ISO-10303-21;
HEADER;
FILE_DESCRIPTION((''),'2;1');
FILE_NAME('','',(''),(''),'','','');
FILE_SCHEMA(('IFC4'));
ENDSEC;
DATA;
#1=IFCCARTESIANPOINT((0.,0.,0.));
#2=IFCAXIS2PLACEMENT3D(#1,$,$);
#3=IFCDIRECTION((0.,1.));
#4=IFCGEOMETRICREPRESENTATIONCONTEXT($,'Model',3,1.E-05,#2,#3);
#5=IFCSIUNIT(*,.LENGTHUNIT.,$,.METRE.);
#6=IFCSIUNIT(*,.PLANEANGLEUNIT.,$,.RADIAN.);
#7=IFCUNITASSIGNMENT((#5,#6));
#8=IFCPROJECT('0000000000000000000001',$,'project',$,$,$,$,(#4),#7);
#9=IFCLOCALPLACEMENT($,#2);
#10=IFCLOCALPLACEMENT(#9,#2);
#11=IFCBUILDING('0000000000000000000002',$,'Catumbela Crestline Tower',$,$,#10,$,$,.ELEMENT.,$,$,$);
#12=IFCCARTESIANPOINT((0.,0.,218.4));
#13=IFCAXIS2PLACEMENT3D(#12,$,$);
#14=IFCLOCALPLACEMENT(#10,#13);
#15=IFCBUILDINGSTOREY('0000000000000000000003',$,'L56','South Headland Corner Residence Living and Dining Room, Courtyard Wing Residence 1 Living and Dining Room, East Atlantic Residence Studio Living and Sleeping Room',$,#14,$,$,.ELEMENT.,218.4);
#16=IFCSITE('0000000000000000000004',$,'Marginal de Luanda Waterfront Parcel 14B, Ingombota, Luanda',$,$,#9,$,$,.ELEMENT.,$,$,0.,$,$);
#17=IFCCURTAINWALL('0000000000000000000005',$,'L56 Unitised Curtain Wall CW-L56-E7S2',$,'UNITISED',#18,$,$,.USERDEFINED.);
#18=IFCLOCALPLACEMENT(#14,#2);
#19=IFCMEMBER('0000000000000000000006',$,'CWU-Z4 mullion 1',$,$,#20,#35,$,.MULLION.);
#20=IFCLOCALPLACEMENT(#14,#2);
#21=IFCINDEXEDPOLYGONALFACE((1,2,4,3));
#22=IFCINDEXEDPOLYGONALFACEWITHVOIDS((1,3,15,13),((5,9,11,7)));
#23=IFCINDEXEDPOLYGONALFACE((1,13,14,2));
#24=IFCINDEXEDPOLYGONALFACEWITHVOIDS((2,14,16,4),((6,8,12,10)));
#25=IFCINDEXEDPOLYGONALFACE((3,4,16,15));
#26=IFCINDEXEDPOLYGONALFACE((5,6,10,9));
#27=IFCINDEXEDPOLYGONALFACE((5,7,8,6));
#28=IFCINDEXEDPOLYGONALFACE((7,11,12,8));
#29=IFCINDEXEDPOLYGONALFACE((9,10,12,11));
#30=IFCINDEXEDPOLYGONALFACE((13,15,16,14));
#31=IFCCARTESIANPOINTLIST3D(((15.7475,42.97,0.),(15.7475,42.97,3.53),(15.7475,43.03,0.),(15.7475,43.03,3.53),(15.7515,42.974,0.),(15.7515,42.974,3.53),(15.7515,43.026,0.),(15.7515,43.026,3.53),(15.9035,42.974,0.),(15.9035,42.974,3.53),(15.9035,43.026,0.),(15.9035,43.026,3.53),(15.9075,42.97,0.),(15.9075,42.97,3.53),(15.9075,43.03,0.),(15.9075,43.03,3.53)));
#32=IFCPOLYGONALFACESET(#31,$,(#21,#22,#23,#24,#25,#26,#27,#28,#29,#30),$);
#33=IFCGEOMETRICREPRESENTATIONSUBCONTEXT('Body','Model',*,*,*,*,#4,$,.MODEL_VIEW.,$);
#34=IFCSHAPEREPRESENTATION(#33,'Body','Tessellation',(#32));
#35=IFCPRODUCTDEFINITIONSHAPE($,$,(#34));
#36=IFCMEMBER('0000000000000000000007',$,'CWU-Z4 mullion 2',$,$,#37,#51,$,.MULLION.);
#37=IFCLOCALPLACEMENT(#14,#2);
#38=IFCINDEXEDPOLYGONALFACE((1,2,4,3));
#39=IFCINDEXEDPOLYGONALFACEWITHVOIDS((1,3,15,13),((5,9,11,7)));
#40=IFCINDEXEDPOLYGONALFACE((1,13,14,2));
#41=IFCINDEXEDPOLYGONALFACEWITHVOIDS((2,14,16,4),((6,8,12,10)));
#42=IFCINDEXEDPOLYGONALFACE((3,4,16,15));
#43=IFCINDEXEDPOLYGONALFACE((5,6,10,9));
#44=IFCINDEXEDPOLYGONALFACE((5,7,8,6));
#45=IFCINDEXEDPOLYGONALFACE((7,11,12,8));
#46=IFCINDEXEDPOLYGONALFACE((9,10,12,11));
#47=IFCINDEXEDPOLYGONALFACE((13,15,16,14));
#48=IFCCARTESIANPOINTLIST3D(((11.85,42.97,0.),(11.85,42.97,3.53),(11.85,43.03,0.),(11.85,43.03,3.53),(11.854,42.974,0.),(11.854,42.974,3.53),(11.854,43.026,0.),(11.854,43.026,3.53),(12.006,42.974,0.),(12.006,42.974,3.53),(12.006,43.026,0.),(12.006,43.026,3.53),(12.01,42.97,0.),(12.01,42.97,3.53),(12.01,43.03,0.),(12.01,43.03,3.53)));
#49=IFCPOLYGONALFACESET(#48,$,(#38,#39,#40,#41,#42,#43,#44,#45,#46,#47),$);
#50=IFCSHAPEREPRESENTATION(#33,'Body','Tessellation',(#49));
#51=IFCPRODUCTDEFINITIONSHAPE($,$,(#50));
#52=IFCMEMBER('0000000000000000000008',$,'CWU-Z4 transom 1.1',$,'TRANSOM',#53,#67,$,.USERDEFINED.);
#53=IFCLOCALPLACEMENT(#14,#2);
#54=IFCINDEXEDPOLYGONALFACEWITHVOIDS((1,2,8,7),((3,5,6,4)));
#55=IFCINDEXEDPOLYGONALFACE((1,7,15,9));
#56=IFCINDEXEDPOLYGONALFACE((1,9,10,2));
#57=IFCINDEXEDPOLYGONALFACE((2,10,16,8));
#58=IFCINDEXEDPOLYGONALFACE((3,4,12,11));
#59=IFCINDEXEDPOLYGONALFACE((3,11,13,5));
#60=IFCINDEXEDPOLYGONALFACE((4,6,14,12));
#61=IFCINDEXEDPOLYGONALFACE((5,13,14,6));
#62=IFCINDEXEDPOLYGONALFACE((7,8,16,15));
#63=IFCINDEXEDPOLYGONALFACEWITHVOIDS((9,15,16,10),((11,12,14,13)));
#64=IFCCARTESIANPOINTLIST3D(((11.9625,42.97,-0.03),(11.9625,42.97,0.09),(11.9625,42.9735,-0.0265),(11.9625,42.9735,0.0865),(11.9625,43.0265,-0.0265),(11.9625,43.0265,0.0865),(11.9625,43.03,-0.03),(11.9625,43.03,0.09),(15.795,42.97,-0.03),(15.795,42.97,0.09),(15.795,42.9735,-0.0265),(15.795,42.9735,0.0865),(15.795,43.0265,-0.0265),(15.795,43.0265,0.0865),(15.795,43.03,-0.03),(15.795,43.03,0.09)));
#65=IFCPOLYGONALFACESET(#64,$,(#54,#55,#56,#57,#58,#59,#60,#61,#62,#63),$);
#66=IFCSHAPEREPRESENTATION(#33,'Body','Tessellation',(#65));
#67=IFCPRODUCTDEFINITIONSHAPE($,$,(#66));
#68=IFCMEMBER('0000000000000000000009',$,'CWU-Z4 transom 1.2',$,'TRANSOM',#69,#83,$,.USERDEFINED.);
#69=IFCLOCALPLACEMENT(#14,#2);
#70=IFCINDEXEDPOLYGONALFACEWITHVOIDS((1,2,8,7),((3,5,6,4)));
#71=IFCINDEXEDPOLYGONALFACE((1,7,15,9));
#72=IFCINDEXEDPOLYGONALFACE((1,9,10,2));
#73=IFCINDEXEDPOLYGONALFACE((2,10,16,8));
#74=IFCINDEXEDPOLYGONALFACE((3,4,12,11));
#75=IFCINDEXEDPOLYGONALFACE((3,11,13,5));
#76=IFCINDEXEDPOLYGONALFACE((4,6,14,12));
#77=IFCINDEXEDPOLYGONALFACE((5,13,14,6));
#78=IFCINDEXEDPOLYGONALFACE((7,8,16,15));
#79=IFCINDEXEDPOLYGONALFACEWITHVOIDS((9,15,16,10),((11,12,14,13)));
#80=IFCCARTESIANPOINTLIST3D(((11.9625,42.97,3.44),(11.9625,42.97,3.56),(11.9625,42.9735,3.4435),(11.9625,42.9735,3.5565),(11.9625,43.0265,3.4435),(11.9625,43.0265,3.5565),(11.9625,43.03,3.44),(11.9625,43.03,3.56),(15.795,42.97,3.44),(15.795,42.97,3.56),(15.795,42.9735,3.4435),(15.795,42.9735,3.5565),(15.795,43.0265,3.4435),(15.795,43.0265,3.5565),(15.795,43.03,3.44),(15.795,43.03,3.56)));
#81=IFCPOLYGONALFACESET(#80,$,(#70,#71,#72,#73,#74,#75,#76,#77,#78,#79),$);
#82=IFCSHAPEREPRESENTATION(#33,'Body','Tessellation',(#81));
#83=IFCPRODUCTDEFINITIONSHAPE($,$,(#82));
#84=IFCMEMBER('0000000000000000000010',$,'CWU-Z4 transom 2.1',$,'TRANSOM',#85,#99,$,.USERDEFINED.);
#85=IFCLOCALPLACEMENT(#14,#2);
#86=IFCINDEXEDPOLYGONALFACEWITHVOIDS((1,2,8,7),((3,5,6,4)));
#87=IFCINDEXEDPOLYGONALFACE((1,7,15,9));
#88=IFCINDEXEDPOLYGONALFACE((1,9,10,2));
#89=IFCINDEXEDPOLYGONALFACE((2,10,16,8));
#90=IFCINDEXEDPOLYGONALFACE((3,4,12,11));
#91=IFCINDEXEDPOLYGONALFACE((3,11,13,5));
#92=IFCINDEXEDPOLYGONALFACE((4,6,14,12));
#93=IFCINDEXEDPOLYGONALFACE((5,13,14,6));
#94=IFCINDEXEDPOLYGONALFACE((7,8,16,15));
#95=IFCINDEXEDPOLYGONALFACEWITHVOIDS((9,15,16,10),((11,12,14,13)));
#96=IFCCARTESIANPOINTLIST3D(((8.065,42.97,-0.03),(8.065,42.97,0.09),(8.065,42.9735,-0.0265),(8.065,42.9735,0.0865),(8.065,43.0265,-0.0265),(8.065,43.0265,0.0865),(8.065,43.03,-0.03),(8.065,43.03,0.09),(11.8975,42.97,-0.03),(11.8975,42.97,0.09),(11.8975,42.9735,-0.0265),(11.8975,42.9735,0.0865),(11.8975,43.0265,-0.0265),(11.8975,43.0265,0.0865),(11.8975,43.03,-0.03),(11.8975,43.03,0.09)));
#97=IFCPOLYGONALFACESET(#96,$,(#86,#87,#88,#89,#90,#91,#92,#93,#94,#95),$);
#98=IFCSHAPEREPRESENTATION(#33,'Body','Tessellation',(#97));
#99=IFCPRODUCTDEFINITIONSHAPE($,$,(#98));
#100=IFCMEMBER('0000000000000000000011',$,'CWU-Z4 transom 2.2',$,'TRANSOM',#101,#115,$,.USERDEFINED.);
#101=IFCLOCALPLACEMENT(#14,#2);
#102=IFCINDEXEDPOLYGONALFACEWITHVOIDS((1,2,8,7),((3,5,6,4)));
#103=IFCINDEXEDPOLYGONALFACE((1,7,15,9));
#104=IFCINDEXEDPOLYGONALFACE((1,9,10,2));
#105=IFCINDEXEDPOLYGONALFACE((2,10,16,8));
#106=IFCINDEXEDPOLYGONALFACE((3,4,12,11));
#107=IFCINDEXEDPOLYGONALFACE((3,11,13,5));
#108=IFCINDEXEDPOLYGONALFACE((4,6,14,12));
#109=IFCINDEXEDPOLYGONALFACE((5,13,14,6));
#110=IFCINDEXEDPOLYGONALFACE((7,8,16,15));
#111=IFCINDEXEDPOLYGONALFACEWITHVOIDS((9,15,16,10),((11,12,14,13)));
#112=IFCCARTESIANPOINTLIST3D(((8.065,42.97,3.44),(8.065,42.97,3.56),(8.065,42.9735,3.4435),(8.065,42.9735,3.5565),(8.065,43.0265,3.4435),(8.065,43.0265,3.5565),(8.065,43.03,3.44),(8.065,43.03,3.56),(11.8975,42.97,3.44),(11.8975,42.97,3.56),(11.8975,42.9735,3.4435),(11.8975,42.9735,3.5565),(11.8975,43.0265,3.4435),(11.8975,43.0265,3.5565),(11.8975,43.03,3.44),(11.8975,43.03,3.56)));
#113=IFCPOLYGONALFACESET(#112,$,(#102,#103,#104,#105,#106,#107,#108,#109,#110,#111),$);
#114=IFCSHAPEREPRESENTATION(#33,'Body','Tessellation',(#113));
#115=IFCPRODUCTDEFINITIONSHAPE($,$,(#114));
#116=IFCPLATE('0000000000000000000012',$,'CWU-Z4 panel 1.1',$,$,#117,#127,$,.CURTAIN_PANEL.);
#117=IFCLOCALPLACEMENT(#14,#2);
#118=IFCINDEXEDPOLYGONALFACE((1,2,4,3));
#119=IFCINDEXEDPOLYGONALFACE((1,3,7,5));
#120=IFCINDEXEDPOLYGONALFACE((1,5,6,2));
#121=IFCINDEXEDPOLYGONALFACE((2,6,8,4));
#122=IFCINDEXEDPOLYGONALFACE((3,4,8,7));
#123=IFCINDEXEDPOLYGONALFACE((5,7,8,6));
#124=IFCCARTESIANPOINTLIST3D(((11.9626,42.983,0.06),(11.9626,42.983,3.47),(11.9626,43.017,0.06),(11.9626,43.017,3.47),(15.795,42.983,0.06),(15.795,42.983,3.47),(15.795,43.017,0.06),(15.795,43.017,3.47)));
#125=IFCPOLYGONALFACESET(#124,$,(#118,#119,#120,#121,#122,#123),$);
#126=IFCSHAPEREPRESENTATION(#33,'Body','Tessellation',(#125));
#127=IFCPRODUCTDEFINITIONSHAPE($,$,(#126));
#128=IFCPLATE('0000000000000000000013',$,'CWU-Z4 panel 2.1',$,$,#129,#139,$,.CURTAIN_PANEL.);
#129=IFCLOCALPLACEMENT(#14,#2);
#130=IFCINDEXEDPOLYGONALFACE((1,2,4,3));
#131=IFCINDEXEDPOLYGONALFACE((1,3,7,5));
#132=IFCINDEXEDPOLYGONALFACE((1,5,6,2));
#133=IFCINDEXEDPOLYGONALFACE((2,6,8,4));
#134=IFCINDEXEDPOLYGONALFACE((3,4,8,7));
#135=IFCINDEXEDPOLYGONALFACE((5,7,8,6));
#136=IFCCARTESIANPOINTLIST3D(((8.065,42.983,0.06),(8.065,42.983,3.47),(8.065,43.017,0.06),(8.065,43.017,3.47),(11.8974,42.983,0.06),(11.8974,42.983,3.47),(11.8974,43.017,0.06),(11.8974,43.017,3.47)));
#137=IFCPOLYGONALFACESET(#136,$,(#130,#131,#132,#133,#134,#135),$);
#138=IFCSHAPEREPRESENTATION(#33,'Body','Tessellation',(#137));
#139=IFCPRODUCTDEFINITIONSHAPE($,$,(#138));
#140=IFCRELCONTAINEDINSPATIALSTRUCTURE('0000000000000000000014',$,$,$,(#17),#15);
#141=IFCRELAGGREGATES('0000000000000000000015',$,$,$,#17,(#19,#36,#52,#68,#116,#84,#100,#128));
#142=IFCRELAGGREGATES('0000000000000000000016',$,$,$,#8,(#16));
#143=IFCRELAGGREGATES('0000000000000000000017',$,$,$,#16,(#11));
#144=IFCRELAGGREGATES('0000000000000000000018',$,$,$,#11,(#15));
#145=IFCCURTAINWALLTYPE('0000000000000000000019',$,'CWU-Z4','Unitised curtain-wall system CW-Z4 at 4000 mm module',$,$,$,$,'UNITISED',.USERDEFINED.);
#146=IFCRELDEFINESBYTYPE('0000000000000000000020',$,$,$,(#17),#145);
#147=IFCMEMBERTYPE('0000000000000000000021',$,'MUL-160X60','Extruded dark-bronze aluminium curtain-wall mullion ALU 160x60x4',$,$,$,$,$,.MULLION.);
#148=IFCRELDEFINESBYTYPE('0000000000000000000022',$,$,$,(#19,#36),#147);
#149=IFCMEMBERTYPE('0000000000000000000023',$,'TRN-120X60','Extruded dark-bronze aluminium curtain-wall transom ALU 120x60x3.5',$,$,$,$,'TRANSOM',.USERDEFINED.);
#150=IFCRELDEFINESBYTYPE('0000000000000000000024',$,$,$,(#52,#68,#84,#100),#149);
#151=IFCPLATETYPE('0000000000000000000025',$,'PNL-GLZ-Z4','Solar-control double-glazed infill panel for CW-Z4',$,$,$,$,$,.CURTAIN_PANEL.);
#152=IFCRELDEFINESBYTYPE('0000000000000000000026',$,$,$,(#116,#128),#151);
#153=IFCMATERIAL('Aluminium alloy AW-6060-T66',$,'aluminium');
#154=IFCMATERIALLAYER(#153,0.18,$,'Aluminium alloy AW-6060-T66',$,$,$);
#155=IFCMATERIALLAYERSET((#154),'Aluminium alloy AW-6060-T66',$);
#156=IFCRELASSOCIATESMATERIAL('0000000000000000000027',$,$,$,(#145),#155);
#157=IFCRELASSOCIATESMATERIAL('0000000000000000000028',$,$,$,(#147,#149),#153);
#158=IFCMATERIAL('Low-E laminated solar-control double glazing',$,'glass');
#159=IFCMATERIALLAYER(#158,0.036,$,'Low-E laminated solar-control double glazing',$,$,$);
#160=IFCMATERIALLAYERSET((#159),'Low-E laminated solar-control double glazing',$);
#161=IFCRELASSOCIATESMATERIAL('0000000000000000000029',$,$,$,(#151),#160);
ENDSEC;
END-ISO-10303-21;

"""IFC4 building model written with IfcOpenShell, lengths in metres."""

from ifc_helpers import new_model, si_unit, direction, frame, origin, origin_2d, place, context, subcontext, project, spatial, rectangle, hollow_rectangle, extrude, material, layer, layer_set, material_profile, profile_set, type_object, element, aggregate, save


model = new_model("IFC4")

# Units and contexts
model_context = context("Model", 3, precision=1e-05, world=origin(), true_north=direction((0.0, 1.0)))
body_context = subcontext(model_context, "Body", "Model", "MODEL_VIEW")
ifc_project = project(units=[si_unit("LENGTHUNIT", "METRE"), si_unit("PLANEANGLEUNIT", "RADIAN")], contexts=[model_context])

# Site, building, storey
site_placement = place(None, origin())
site = spatial("IfcSite", under=ifc_project, at=site_placement, Name="Marginal de Luanda Waterfront Parcel 14B, Ingombota, Luanda", CompositionType="ELEMENT", RefElevation=0.0)
building_placement = place(site_placement, origin())
building = spatial("IfcBuilding", under=site, at=building_placement, Name="Catumbela Crestline Tower", CompositionType="ELEMENT")
storey_placement = place(building_placement, frame((0.0, 0.0, 218.4)))
storey = spatial("IfcBuildingStorey", under=building, at=storey_placement, Name="L56", Description="South Headland Corner Residence Living and Dining Room, Courtyard Wing Residence 1 Living and Dining Room, East Atlantic Residence Studio Living and Sleeping Room", CompositionType="ELEMENT", Elevation=218.4)

# Curtain wall, members, plates
ifc_material_1 = material(Name="Aluminium alloy AW-6060-T66", Category="aluminium")
ifc_layer_1 = layer(ifc_material_1, 0.18, Name="Aluminium alloy AW-6060-T66")
ifc_layer_set_1 = layer_set([ifc_layer_1], Name="Aluminium alloy AW-6060-T66")
curtain_wall_type = type_object("IfcCurtainWallType", Name="CWU-Z4", Description="Unitised curtain-wall system CW-Z4 at 4000 mm module", ElementType="UNITISED", PredefinedType="USERDEFINED", material=ifc_layer_set_1)
curtain_wall_placement = place(storey_placement, origin())
curtain_wall = element("IfcCurtainWall", 1, at=curtain_wall_placement, inside=storey, type_object=curtain_wall_type, Name="L56 Unitised Curtain Wall CW-L56-E7S2", ObjectType="UNITISED", PredefinedType="USERDEFINED")
ifc_material_profile_1 = material_profile(ifc_material_1, hollow_rectangle(XDim=0.06, YDim=0.16, WallThickness=0.004, at=origin_2d()), Name="ALU 160x60x4")
ifc_profile_set_1 = profile_set([ifc_material_profile_1], Name="Aluminium alloy AW-6060-T66")
member_type_1 = type_object("IfcMemberType", Name="MUL-160X60", Description="Extruded dark-bronze aluminium curtain-wall mullion ALU 160x60x4", PredefinedType="MULLION", material=ifc_profile_set_1)
member_1_placement = place(storey_placement, frame((15.8275, 43.0, 0.0), z_axis=(0.0, 0.0, 1.0), x_axis=(0.0, -1.0, 0.0)))
member_1 = element("IfcMember", 2, at=member_1_placement, type_object=member_type_1, Name="CWU-Z4 mullion 1", PredefinedType="MULLION", context=body_context, shape_type="SweptSolid", body=[
    extrude(hollow_rectangle(XDim=0.06, YDim=0.16, WallThickness=0.004, at=origin_2d()), origin(), (0.0, 0.0, 1.0), 3.53),
])
member_2_placement = place(storey_placement, frame((11.93, 43.0, 0.0), z_axis=(0.0, 0.0, 1.0), x_axis=(0.0, -1.0, 0.0)))
member_2 = element("IfcMember", 3, at=member_2_placement, type_object=member_type_1, Name="CWU-Z4 mullion 2", PredefinedType="MULLION", context=body_context, shape_type="SweptSolid", body=[
    extrude(hollow_rectangle(XDim=0.06, YDim=0.16, WallThickness=0.004, at=origin_2d()), origin(), (0.0, 0.0, 1.0), 3.53),
])
ifc_material_profile_2 = material_profile(ifc_material_1, hollow_rectangle(XDim=0.06, YDim=0.12, WallThickness=0.0035, at=origin_2d()), Name="ALU 120x60x3.5")
ifc_profile_set_2 = profile_set([ifc_material_profile_2], Name="Aluminium alloy AW-6060-T66")
member_type_2 = type_object("IfcMemberType", Name="TRN-120X60", Description="Extruded dark-bronze aluminium curtain-wall transom ALU 120x60x3.5", ElementType="TRANSOM", PredefinedType="USERDEFINED", material=ifc_profile_set_2)
member_3_placement = place(storey_placement, frame((15.795, 43.0, 0.03), z_axis=(-1.0, 0.0, 0.0), x_axis=(0.0, -1.0, 0.0)))
member_3 = element("IfcMember", 4, at=member_3_placement, type_object=member_type_2, Name="CWU-Z4 transom 1.1", ObjectType="TRANSOM", PredefinedType="USERDEFINED", context=body_context, shape_type="SweptSolid", body=[
    extrude(hollow_rectangle(XDim=0.06, YDim=0.12, WallThickness=0.0035, at=origin_2d()), origin(), (0.0, 0.0, 1.0), 3.8325),
])
member_4_placement = place(storey_placement, frame((15.795, 43.0, 3.5), z_axis=(-1.0, 0.0, 0.0), x_axis=(0.0, -1.0, 0.0)))
member_4 = element("IfcMember", 5, at=member_4_placement, type_object=member_type_2, Name="CWU-Z4 transom 1.2", ObjectType="TRANSOM", PredefinedType="USERDEFINED", context=body_context, shape_type="SweptSolid", body=[
    extrude(hollow_rectangle(XDim=0.06, YDim=0.12, WallThickness=0.0035, at=origin_2d()), origin(), (0.0, 0.0, 1.0), 3.8325),
])
member_5_placement = place(storey_placement, frame((11.8975, 43.0, 0.03), z_axis=(-1.0, 0.0, 0.0), x_axis=(0.0, -1.0, 0.0)))
member_5 = element("IfcMember", 6, at=member_5_placement, type_object=member_type_2, Name="CWU-Z4 transom 2.1", ObjectType="TRANSOM", PredefinedType="USERDEFINED", context=body_context, shape_type="SweptSolid", body=[
    extrude(hollow_rectangle(XDim=0.06, YDim=0.12, WallThickness=0.0035, at=origin_2d()), origin(), (0.0, 0.0, 1.0), 3.8325),
])
member_6_placement = place(storey_placement, frame((11.8975, 43.0, 3.5), z_axis=(-1.0, 0.0, 0.0), x_axis=(0.0, -1.0, 0.0)))
member_6 = element("IfcMember", 7, at=member_6_placement, type_object=member_type_2, Name="CWU-Z4 transom 2.2", ObjectType="TRANSOM", PredefinedType="USERDEFINED", context=body_context, shape_type="SweptSolid", body=[
    extrude(hollow_rectangle(XDim=0.06, YDim=0.12, WallThickness=0.0035, at=origin_2d()), origin(), (0.0, 0.0, 1.0), 3.8325),
])
ifc_material_2 = material(Name="Low-E laminated solar-control double glazing", Category="glass")
ifc_layer_2 = layer(ifc_material_2, 0.036, Name="Low-E laminated solar-control double glazing")
ifc_layer_set_2 = layer_set([ifc_layer_2], Name="Low-E laminated solar-control double glazing")
plate_type = type_object("IfcPlateType", Name="PNL-GLZ-Z4", Description="Solar-control double-glazed infill panel for CW-Z4", PredefinedType="CURTAIN_PANEL", material=ifc_layer_set_2)
plate_1_placement = place(storey_placement, frame((13.8788, 43.0, 0.06), z_axis=(0.0, 0.0, 1.0), x_axis=(-1.0, 0.0, 0.0)))
plate_1 = element("IfcPlate", 8, at=plate_1_placement, type_object=plate_type, Name="CWU-Z4 panel 1.1", PredefinedType="CURTAIN_PANEL", context=body_context, shape_type="SweptSolid", body=[
    extrude(rectangle(XDim=3.8325, YDim=0.034, at=origin_2d()), origin(), (0.0, 0.0, 1.0), 3.41),
])
plate_2_placement = place(storey_placement, frame((9.9812, 43.0, 0.06), z_axis=(0.0, 0.0, 1.0), x_axis=(-1.0, 0.0, 0.0)))
plate_2 = element("IfcPlate", 9, at=plate_2_placement, type_object=plate_type, Name="CWU-Z4 panel 2.1", PredefinedType="CURTAIN_PANEL", context=body_context, shape_type="SweptSolid", body=[
    extrude(rectangle(XDim=3.8325, YDim=0.034, at=origin_2d()), origin(), (0.0, 0.0, 1.0), 3.41),
])
aggregate(curtain_wall, [member_1, member_2, member_3, member_4, plate_1, member_5, member_6, plate_2])

save(model, "model.ifc")
